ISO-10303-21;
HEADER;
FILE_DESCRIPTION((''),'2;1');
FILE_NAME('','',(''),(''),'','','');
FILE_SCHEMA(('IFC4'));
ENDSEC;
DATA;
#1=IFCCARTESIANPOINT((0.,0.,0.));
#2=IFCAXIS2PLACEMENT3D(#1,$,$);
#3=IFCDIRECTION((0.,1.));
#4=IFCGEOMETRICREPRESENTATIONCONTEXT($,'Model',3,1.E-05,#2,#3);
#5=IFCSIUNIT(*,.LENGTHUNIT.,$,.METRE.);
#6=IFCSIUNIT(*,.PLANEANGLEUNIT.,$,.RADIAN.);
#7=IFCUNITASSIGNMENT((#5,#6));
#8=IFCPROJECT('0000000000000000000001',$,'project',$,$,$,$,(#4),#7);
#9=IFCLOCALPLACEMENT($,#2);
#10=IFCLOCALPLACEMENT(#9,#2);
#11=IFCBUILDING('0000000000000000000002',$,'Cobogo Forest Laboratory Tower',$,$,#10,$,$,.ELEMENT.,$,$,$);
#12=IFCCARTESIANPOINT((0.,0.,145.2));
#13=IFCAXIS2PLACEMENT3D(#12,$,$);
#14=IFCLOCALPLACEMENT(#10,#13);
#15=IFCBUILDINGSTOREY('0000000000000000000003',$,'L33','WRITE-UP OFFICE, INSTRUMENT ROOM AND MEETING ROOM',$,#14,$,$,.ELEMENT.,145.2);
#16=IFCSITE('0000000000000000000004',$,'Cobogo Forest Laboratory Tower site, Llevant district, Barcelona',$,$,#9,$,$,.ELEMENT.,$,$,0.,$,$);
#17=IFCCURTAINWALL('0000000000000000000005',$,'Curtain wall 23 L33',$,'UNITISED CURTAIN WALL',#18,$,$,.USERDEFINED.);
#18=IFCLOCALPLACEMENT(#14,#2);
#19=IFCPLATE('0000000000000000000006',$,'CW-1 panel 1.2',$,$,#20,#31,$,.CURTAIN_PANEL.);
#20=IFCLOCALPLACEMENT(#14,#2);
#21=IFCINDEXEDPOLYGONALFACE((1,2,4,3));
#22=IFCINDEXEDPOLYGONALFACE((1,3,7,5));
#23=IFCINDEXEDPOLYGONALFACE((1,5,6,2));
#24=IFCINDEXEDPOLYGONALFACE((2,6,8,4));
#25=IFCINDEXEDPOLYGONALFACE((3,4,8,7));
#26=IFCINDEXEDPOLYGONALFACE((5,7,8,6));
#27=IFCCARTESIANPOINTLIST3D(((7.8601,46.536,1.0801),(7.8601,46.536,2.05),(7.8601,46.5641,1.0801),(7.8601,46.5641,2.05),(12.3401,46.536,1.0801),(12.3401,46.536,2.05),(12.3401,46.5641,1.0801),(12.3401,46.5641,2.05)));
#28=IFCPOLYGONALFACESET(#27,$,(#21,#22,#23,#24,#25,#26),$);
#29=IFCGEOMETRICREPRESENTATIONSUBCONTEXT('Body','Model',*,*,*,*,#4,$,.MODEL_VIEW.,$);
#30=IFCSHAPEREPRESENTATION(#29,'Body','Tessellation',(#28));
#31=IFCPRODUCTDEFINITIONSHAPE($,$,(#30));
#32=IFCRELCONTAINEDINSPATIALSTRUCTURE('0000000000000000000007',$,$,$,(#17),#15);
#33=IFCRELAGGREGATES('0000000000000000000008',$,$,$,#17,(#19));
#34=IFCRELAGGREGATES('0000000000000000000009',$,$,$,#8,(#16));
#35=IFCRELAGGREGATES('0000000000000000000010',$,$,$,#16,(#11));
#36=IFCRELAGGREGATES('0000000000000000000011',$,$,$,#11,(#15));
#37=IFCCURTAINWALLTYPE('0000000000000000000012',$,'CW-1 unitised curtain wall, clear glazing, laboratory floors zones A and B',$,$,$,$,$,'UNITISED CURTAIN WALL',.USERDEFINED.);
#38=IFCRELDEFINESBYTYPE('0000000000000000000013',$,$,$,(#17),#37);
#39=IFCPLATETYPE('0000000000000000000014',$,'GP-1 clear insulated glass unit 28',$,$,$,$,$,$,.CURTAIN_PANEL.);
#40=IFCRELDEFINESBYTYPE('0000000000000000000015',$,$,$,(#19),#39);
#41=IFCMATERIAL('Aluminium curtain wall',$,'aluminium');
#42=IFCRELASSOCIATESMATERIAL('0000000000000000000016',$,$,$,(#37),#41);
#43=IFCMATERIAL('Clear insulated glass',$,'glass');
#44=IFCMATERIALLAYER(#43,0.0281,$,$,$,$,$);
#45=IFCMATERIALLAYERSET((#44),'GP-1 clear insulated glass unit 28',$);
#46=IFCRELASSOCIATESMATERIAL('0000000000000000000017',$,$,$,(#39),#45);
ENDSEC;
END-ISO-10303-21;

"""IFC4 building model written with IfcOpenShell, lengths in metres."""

from ifc_helpers import new_model, si_unit, direction, frame, origin, origin_2d, place, context, subcontext, project, spatial, rectangle, extrude, material, layer, layer_set, type_object, element, aggregate, save


model = new_model("IFC4")

# Units and contexts
model_context = context("Model", 3, precision=1e-05, world=origin(), true_north=direction((0.0, 1.0)))
body_context = subcontext(model_context, "Body", "Model", "MODEL_VIEW")
ifc_project = project(units=[si_unit("LENGTHUNIT", "METRE"), si_unit("PLANEANGLEUNIT", "RADIAN")], contexts=[model_context])

# Site, building, storey
site_placement = place(None, origin())
site = spatial("IfcSite", under=ifc_project, at=site_placement, Name="Cobogo Forest Laboratory Tower site, Llevant district, Barcelona", CompositionType="ELEMENT", RefElevation=0.0)
building_placement = place(site_placement, origin())
building = spatial("IfcBuilding", under=site, at=building_placement, Name="Cobogo Forest Laboratory Tower", CompositionType="ELEMENT")
storey_placement = place(building_placement, frame((0.0, 0.0, 145.2)))
storey = spatial("IfcBuildingStorey", under=building, at=storey_placement, Name="L33", Description="WRITE-UP OFFICE, INSTRUMENT ROOM AND MEETING ROOM", CompositionType="ELEMENT", Elevation=145.2)

# Curtain wall
ifc_material_1 = material(Name="Aluminium curtain wall", Category="aluminium")
curtain_wall_type = type_object("IfcCurtainWallType", Name="CW-1 unitised curtain wall, clear glazing, laboratory floors zones A and B", ElementType="UNITISED CURTAIN WALL", PredefinedType="USERDEFINED", material=ifc_material_1)
curtain_wall_1_placement = place(storey_placement, origin())
curtain_wall_1 = element("IfcCurtainWall", 1, at=curtain_wall_1_placement, inside=storey, type_object=curtain_wall_type, Name="Curtain wall 23 L33", ObjectType="UNITISED CURTAIN WALL", PredefinedType="USERDEFINED")

# Plate
ifc_material_2 = material(Name="Clear insulated glass", Category="glass")
ifc_layer = layer(ifc_material_2, 0.0281)
ifc_layer_set = layer_set([ifc_layer], Name="GP-1 clear insulated glass unit 28")
plate_type_1 = type_object("IfcPlateType", Name="GP-1 clear insulated glass unit 28", PredefinedType="CURTAIN_PANEL", material=ifc_layer_set)
plate_1_placement = place(storey_placement, frame((10.1001, 46.55, 1.0801), z_axis=(0.0, 0.0, 1.0), x_axis=(-1.0, 0.0, 0.0)))
plate_1 = element("IfcPlate", 2, at=plate_1_placement, type_object=plate_type_1, Name="CW-1 panel 1.2", PredefinedType="CURTAIN_PANEL", context=body_context, shape_type="SweptSolid", body=[
    extrude(rectangle(XDim=4.48, YDim=0.0281, at=origin_2d()), origin(), (0.0, 0.0, 1.0), 0.97),
])
aggregate(curtain_wall_1, [plate_1])

save(model, "model.ifc")
